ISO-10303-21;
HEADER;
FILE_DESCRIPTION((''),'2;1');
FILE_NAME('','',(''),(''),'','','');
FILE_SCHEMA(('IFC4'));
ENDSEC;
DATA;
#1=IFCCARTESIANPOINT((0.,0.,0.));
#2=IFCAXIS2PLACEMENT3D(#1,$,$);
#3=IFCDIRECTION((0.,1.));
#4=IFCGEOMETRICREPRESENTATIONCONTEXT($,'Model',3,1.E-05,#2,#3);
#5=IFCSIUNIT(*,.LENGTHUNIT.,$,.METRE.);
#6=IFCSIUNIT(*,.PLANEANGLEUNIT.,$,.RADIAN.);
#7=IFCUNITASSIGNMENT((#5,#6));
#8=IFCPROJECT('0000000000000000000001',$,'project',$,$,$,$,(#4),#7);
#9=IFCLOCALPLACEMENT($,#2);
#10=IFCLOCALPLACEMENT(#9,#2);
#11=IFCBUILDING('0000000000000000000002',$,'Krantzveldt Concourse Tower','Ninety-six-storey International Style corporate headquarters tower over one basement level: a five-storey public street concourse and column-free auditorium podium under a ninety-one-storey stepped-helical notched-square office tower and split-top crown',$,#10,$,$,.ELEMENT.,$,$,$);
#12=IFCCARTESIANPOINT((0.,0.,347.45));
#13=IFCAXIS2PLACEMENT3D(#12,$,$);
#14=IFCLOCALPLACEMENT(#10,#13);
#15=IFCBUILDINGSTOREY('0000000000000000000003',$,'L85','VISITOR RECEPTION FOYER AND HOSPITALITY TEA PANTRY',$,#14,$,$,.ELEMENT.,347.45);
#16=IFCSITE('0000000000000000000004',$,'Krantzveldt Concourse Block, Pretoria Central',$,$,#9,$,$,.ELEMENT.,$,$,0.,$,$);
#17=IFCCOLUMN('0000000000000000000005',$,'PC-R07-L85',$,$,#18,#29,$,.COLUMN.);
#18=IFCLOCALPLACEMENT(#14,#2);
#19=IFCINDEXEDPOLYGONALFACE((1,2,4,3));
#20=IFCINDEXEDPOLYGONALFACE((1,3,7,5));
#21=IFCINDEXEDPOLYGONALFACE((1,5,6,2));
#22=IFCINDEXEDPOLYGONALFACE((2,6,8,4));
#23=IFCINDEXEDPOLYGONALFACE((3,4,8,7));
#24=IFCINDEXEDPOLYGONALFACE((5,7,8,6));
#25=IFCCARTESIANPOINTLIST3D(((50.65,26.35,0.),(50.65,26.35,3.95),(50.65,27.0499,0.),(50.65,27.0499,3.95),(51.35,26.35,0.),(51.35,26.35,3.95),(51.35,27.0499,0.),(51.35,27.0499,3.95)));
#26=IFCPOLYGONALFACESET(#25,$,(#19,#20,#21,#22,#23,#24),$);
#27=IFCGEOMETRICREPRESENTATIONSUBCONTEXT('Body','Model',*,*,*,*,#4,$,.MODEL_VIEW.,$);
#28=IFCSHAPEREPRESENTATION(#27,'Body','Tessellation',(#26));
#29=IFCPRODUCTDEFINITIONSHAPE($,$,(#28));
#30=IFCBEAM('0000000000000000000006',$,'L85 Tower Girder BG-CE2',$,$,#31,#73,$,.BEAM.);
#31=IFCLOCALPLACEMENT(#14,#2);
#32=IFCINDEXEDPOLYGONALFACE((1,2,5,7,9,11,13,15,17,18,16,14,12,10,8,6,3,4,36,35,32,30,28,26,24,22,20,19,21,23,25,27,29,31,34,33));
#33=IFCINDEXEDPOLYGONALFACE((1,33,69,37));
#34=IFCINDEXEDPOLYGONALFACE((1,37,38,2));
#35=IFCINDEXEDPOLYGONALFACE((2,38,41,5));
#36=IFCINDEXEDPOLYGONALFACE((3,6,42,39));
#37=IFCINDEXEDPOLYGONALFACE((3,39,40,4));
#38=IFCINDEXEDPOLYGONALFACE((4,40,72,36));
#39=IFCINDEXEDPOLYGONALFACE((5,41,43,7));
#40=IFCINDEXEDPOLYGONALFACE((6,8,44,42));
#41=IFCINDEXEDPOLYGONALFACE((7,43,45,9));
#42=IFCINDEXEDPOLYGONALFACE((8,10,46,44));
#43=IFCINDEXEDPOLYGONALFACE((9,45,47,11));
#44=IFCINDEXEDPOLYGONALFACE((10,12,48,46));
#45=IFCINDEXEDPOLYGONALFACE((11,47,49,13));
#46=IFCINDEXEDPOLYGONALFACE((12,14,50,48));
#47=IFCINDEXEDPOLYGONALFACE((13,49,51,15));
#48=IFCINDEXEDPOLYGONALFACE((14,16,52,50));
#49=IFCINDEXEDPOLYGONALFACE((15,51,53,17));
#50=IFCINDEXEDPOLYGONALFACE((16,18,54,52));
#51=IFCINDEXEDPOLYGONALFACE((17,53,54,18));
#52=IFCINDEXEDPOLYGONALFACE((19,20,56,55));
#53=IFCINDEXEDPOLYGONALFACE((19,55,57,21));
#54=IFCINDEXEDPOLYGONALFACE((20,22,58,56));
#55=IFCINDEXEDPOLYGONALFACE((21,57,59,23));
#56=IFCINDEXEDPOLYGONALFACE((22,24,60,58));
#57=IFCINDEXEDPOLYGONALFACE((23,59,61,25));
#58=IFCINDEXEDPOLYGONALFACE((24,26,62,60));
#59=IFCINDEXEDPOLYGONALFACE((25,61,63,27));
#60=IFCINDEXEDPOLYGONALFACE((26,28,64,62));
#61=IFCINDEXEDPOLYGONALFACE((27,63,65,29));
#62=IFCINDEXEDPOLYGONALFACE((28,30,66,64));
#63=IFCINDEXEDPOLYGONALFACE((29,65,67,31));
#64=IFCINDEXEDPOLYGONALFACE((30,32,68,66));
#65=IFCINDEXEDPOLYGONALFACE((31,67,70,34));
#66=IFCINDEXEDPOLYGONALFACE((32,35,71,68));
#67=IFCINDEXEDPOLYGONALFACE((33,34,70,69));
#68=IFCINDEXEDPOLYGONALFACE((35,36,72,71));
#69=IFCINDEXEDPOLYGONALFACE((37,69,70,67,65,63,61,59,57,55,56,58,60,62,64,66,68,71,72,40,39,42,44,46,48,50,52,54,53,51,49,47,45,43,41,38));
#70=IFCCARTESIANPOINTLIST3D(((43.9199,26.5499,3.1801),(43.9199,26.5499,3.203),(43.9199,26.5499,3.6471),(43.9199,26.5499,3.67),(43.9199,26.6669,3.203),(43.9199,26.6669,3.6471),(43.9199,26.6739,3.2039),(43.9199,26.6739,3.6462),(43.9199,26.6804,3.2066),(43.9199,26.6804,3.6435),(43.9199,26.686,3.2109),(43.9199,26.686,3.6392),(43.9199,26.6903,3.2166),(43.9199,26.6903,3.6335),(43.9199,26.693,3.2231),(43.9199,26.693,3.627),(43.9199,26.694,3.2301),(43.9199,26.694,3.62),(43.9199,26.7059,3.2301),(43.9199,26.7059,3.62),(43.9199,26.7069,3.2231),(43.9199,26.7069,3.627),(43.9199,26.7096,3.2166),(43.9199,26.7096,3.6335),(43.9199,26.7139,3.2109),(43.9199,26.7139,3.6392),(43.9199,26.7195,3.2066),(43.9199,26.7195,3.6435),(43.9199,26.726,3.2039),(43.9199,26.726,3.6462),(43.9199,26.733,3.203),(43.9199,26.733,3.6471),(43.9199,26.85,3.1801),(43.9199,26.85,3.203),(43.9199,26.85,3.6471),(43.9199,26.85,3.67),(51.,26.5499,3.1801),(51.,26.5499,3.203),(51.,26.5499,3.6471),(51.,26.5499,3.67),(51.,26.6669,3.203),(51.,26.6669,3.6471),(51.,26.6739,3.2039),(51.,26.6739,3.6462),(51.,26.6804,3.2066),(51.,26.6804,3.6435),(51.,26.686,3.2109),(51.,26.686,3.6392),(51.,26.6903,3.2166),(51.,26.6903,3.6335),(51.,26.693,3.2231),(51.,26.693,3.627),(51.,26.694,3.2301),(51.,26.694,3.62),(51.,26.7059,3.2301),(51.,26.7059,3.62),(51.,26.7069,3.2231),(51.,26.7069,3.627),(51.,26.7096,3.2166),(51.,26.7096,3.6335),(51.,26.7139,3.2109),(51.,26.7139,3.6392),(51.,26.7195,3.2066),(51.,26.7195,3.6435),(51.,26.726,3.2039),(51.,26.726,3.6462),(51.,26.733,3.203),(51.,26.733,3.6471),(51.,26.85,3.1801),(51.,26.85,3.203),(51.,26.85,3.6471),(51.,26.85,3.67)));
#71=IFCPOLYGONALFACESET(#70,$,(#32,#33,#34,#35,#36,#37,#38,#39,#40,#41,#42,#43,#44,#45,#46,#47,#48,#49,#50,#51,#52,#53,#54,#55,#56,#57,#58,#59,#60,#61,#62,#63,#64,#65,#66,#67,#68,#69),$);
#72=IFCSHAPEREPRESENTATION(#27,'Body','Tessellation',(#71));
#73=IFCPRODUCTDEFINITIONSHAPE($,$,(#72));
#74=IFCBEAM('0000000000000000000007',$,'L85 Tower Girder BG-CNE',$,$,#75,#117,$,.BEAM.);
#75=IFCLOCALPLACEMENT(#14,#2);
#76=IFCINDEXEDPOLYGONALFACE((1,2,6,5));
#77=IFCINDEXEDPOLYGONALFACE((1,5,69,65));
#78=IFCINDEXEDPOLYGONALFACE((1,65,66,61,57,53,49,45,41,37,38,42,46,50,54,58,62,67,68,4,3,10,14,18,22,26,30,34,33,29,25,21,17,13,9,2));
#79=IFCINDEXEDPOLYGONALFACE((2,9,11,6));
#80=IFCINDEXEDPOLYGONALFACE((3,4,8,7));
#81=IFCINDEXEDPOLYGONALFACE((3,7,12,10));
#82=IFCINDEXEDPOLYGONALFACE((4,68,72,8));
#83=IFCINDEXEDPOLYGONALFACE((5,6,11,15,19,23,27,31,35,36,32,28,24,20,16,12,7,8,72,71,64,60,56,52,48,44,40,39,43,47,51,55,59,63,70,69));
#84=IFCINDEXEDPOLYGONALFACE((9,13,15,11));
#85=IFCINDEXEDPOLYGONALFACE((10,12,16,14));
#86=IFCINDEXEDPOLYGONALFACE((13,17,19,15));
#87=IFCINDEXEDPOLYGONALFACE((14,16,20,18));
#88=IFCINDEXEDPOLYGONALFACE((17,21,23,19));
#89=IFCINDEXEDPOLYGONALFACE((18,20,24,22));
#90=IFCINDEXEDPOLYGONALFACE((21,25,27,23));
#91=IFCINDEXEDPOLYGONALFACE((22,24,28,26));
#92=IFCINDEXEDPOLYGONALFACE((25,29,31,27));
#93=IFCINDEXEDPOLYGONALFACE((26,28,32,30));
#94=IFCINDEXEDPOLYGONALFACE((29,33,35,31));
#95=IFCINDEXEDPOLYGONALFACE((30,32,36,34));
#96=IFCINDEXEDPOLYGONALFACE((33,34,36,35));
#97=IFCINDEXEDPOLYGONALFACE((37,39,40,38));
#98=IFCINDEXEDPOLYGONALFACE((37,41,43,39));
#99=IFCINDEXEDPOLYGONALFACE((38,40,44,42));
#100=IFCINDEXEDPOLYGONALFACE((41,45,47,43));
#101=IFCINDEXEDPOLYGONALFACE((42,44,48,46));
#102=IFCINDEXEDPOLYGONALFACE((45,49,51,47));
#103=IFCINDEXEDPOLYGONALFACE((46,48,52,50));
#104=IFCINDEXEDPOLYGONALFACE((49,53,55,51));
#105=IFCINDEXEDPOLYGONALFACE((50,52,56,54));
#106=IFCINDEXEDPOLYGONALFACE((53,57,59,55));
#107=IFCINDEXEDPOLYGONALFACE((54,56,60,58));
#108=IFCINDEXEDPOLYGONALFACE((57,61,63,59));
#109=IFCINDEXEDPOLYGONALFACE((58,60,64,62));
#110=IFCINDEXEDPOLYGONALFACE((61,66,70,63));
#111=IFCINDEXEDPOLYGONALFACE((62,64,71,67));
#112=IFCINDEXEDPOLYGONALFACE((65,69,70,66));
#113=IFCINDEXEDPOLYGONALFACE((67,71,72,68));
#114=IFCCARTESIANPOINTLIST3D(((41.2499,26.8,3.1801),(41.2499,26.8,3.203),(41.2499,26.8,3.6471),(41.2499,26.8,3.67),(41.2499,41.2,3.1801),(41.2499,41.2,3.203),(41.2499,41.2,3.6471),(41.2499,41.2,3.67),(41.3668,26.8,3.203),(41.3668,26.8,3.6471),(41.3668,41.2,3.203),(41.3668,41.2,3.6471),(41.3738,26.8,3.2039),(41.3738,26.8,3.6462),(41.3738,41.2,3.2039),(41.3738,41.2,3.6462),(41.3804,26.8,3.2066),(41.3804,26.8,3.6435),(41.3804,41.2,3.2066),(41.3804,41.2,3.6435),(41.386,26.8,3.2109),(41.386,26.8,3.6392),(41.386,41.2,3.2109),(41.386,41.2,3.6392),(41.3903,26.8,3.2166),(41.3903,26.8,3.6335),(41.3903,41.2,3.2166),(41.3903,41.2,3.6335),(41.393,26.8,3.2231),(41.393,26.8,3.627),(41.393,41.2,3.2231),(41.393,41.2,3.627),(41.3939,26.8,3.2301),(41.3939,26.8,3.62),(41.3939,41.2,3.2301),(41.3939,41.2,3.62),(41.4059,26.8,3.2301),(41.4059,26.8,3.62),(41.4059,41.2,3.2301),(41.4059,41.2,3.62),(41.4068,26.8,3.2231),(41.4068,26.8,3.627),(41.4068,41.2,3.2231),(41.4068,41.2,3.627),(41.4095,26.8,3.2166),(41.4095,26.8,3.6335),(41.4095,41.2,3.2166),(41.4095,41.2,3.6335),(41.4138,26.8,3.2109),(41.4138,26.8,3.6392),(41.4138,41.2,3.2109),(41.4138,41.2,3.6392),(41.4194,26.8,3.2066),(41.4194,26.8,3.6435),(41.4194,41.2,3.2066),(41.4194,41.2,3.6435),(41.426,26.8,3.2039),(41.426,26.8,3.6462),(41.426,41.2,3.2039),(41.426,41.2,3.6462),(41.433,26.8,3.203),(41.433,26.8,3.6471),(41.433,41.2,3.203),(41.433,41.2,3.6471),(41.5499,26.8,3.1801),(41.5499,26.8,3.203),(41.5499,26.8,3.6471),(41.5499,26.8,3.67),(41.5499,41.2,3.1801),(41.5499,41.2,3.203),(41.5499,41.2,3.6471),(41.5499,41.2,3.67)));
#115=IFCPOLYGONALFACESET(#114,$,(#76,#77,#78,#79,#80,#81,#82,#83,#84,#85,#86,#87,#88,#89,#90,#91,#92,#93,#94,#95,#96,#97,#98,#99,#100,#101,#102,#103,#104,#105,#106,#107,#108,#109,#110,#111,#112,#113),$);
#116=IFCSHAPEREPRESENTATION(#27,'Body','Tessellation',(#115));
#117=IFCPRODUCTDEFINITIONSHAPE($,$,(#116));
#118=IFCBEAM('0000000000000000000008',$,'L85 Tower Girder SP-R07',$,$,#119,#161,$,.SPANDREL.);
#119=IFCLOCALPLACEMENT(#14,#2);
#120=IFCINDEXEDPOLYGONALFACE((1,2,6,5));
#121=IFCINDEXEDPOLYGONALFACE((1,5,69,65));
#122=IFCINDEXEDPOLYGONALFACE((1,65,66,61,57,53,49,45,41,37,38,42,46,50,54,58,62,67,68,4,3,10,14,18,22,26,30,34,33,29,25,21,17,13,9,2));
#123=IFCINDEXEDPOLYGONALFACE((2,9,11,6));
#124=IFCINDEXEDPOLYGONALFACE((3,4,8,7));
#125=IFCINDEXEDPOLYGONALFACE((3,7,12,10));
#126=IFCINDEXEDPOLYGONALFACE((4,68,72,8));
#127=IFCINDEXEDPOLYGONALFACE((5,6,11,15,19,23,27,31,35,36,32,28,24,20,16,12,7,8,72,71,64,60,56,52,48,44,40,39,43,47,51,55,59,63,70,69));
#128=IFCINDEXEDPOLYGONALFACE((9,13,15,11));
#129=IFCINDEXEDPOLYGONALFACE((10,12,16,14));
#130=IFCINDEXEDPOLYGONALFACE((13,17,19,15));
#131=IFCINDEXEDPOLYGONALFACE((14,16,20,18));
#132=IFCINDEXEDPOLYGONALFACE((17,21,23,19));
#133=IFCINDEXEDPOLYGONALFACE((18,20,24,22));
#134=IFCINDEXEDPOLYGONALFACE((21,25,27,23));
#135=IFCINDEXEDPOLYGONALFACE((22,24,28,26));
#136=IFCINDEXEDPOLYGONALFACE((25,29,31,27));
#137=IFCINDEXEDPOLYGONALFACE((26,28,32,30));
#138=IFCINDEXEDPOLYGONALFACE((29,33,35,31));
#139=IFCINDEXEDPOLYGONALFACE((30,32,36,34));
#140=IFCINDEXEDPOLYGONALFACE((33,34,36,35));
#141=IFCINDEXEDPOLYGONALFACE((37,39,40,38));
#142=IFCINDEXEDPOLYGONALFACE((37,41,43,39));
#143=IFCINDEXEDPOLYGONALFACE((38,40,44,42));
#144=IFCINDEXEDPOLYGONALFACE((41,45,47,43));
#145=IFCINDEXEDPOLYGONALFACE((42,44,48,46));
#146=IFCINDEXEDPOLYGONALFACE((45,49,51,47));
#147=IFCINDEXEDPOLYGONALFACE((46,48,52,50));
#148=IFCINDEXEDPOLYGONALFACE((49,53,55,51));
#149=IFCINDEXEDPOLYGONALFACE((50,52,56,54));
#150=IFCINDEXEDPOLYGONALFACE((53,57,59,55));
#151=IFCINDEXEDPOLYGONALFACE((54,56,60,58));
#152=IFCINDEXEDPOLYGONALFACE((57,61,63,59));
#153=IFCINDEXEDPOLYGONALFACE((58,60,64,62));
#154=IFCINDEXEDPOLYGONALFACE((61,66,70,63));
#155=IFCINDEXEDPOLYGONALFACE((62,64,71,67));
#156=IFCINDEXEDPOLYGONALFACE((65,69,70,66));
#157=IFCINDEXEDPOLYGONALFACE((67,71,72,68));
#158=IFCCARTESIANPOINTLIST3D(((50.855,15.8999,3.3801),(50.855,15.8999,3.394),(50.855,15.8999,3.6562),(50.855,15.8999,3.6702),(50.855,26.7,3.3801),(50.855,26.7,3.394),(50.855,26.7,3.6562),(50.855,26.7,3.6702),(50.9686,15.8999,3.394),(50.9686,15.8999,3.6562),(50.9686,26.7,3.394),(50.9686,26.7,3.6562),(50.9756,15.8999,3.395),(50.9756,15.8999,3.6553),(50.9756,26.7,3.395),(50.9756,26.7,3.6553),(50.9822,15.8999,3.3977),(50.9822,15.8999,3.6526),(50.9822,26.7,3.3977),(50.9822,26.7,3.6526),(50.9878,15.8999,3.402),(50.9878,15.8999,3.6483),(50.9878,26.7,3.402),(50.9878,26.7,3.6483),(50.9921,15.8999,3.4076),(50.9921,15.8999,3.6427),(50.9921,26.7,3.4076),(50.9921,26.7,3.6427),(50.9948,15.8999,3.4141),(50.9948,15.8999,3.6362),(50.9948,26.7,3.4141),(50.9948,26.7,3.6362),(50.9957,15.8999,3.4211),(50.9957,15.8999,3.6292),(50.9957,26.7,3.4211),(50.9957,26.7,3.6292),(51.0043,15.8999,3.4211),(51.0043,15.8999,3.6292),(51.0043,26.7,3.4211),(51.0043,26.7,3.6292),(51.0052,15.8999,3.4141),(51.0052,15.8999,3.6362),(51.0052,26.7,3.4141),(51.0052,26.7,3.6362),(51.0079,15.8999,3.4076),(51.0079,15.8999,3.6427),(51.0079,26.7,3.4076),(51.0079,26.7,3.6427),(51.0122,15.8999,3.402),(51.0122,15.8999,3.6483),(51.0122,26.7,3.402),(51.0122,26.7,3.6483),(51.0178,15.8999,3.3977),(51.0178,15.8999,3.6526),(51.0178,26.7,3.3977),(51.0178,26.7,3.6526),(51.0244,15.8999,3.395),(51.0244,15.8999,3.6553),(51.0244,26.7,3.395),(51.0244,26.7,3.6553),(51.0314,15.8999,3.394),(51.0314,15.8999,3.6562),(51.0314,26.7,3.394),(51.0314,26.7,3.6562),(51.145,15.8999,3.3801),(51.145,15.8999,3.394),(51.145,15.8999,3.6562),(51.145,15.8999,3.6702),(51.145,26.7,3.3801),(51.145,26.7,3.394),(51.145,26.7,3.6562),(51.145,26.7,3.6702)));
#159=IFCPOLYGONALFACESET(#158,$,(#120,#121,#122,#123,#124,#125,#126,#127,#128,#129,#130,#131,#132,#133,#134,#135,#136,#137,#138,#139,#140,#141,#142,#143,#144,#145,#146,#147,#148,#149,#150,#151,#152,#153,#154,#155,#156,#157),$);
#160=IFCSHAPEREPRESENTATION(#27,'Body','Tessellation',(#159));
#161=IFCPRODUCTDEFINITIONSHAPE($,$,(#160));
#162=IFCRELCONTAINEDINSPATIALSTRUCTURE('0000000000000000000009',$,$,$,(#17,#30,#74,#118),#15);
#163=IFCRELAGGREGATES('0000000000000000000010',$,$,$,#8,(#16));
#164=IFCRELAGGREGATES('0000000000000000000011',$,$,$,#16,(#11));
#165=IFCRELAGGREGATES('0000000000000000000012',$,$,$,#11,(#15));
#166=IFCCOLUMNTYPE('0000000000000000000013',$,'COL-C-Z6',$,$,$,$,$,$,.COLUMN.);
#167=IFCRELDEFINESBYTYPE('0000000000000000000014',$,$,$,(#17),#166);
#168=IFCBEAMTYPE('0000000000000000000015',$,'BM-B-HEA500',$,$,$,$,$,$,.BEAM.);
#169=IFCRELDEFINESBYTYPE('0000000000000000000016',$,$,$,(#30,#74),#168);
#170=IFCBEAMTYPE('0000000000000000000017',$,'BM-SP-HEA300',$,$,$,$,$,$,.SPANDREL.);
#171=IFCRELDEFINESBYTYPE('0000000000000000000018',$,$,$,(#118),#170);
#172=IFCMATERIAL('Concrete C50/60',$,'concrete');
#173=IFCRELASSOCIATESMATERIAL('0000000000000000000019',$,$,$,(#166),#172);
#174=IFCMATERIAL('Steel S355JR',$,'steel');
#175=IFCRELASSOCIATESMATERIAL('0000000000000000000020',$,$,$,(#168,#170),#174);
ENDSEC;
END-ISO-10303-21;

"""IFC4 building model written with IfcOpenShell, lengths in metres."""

from ifc_helpers import new_model, si_unit, direction, frame, origin, origin_2d, place, context, subcontext, project, spatial, rectangle, i_section, extrude, source, transform, mapped, material, material_profile, profile_set, type_object, type_shapes, element, save


model = new_model("IFC4")

# Units and contexts
model_context = context("Model", 3, precision=1e-05, world=origin(), true_north=direction((0.0, 1.0)))
body_context = subcontext(model_context, "Body", "Model", "MODEL_VIEW")
ifc_project = project(units=[si_unit("LENGTHUNIT", "METRE"), si_unit("PLANEANGLEUNIT", "RADIAN")], contexts=[model_context])

# Site, building, storey
site_placement = place(None, origin())
site = spatial("IfcSite", under=ifc_project, at=site_placement, Name="Krantzveldt Concourse Block, Pretoria Central", CompositionType="ELEMENT", RefElevation=0.0)
building_placement = place(site_placement, origin())
building = spatial("IfcBuilding", under=site, at=building_placement, Name="Krantzveldt Concourse Tower", Description="Ninety-six-storey International Style corporate headquarters tower over one basement level: a five-storey public street concourse and column-free auditorium podium under a ninety-one-storey stepped-helical notched-square office tower and split-top crown", CompositionType="ELEMENT")
storey_placement = place(building_placement, frame((0.0, 0.0, 347.45)))
storey = spatial("IfcBuildingStorey", under=building, at=storey_placement, Name="L85", Description="VISITOR RECEPTION FOYER AND HOSPITALITY TEA PANTRY", CompositionType="ELEMENT", Elevation=347.45)

# Column
ifc_material_1 = material(Name="Concrete C50/60", Category="concrete")
ifc_material_profile_1 = material_profile(ifc_material_1, rectangle(XDim=0.7, YDim=0.7, at=origin_2d()), Name="Concrete C50/60", Category="concrete")
ifc_profile_set_1 = profile_set([ifc_material_profile_1], Name="Concrete C50/60 - RC 700x700")
column_type = type_object("IfcColumnType", Name="COL-C-Z6", PredefinedType="COLUMN", material=ifc_profile_set_1)
shared_shape_1 = source(origin(), body_context, "Body", "SweptSolid", [
    extrude(rectangle(XDim=0.7, YDim=0.7, at=origin_2d()), origin(), (0.0, 0.0, 1.0), 3.95),
])
type_shapes(column_type, [shared_shape_1])
column_placement = place(storey_placement, frame((51.0, 26.7, 0.0), z_axis=(0.0, 0.0, 1.0), x_axis=(1.0, 0.0, 0.0)))
element("IfcColumn", 1, at=column_placement, inside=storey, type_object=column_type, Name="PC-R07-L85", PredefinedType="COLUMN", context=body_context, shape_type="MappedRepresentation", body=[
    mapped(shared_shape_1, transform((0.0, 0.0, 0.0), x_axis=(1.0, 0.0, 0.0), y_axis=(0.0, 1.0, 0.0), z_axis=(0.0, 0.0, 1.0), scale=1.0)),
])

# Beams
ifc_material_2 = material(Name="Steel S355JR", Category="steel")
ifc_material_profile_2 = material_profile(ifc_material_2, i_section(OverallWidth=0.3, OverallDepth=0.49, WebThickness=0.012, FlangeThickness=0.0229, FilletRadius=0.0271, at=origin_2d()), Name="Steel S355JR", Category="steel")
ifc_profile_set_2 = profile_set([ifc_material_profile_2], Name="Steel S355JR - HEA 500")
beam_type_1 = type_object("IfcBeamType", Name="BM-B-HEA500", PredefinedType="BEAM", material=ifc_profile_set_2)
shared_shape_2 = source(origin(), body_context, "Body", "SweptSolid", [
    extrude(i_section(OverallWidth=0.3, OverallDepth=0.49, WebThickness=0.012, FlangeThickness=0.0229, FilletRadius=0.0271, at=origin_2d()), origin(), (0.0, 0.0, 1.0), 7.0801),
])
beam_1_placement = place(storey_placement, frame((43.9199, 26.7, 3.425), z_axis=(1.0, 0.0, 0.0), x_axis=(0.0, 1.0, 0.0)))
element("IfcBeam", 2, at=beam_1_placement, inside=storey, type_object=beam_type_1, Name="L85 Tower Girder BG-CE2", PredefinedType="BEAM", context=body_context, shape_type="MappedRepresentation", body=[
    mapped(shared_shape_2, transform((0.0, 0.0, 0.0), x_axis=(1.0, 0.0, 0.0), y_axis=(0.0, 1.0, 0.0), z_axis=(0.0, 0.0, 1.0), scale=1.0)),
])
shared_shape_3 = source(origin(), body_context, "Body", "SweptSolid", [
    extrude(i_section(OverallWidth=0.3, OverallDepth=0.49, WebThickness=0.012, FlangeThickness=0.0229, FilletRadius=0.0271, at=origin_2d()), origin(), (0.0, 0.0, 1.0), 14.3999),
])
type_shapes(beam_type_1, [shared_shape_2, shared_shape_3])
beam_2_placement = place(storey_placement, frame((41.3999, 26.8, 3.425), z_axis=(0.0, 1.0, 0.0), x_axis=(-1.0, 0.0, 0.0)))
element("IfcBeam", 3, at=beam_2_placement, inside=storey, type_object=beam_type_1, Name="L85 Tower Girder BG-CNE", PredefinedType="BEAM", context=body_context, shape_type="MappedRepresentation", body=[
    mapped(shared_shape_3, transform((0.0, 0.0, 0.0), x_axis=(1.0, 0.0, 0.0), y_axis=(0.0, 1.0, 0.0), z_axis=(0.0, 0.0, 1.0), scale=1.0)),
])
ifc_material_profile_3 = material_profile(ifc_material_2, i_section(OverallWidth=0.29, OverallDepth=0.29, WebThickness=0.0085, FlangeThickness=0.0139, FilletRadius=0.0271, at=origin_2d()), Name="Steel S355JR", Category="steel")
ifc_profile_set_3 = profile_set([ifc_material_profile_3], Name="Steel S355JR - HEA 300")
beam_type_2 = type_object("IfcBeamType", Name="BM-SP-HEA300", PredefinedType="SPANDREL", material=ifc_profile_set_3)
shared_shape_4 = source(origin(), body_context, "Body", "SweptSolid", [
    extrude(i_section(OverallWidth=0.29, OverallDepth=0.29, WebThickness=0.0085, FlangeThickness=0.0139, FilletRadius=0.0271, at=origin_2d()), origin(), (0.0, 0.0, 1.0), 10.8),
])
type_shapes(beam_type_2, [shared_shape_4])
beam_3_placement = place(storey_placement, frame((51.0, 26.7, 3.5251), z_axis=(0.0, -1.0, 0.0), x_axis=(1.0, 0.0, 0.0)))
element("IfcBeam", 4, at=beam_3_placement, inside=storey, type_object=beam_type_2, Name="L85 Tower Girder SP-R07", PredefinedType="SPANDREL", context=body_context, shape_type="MappedRepresentation", body=[
    mapped(shared_shape_4, transform((0.0, 0.0, 0.0), x_axis=(1.0, 0.0, 0.0), y_axis=(0.0, 1.0, 0.0), z_axis=(0.0, 0.0, 1.0), scale=1.0)),
])

save(model, "model.ifc")
